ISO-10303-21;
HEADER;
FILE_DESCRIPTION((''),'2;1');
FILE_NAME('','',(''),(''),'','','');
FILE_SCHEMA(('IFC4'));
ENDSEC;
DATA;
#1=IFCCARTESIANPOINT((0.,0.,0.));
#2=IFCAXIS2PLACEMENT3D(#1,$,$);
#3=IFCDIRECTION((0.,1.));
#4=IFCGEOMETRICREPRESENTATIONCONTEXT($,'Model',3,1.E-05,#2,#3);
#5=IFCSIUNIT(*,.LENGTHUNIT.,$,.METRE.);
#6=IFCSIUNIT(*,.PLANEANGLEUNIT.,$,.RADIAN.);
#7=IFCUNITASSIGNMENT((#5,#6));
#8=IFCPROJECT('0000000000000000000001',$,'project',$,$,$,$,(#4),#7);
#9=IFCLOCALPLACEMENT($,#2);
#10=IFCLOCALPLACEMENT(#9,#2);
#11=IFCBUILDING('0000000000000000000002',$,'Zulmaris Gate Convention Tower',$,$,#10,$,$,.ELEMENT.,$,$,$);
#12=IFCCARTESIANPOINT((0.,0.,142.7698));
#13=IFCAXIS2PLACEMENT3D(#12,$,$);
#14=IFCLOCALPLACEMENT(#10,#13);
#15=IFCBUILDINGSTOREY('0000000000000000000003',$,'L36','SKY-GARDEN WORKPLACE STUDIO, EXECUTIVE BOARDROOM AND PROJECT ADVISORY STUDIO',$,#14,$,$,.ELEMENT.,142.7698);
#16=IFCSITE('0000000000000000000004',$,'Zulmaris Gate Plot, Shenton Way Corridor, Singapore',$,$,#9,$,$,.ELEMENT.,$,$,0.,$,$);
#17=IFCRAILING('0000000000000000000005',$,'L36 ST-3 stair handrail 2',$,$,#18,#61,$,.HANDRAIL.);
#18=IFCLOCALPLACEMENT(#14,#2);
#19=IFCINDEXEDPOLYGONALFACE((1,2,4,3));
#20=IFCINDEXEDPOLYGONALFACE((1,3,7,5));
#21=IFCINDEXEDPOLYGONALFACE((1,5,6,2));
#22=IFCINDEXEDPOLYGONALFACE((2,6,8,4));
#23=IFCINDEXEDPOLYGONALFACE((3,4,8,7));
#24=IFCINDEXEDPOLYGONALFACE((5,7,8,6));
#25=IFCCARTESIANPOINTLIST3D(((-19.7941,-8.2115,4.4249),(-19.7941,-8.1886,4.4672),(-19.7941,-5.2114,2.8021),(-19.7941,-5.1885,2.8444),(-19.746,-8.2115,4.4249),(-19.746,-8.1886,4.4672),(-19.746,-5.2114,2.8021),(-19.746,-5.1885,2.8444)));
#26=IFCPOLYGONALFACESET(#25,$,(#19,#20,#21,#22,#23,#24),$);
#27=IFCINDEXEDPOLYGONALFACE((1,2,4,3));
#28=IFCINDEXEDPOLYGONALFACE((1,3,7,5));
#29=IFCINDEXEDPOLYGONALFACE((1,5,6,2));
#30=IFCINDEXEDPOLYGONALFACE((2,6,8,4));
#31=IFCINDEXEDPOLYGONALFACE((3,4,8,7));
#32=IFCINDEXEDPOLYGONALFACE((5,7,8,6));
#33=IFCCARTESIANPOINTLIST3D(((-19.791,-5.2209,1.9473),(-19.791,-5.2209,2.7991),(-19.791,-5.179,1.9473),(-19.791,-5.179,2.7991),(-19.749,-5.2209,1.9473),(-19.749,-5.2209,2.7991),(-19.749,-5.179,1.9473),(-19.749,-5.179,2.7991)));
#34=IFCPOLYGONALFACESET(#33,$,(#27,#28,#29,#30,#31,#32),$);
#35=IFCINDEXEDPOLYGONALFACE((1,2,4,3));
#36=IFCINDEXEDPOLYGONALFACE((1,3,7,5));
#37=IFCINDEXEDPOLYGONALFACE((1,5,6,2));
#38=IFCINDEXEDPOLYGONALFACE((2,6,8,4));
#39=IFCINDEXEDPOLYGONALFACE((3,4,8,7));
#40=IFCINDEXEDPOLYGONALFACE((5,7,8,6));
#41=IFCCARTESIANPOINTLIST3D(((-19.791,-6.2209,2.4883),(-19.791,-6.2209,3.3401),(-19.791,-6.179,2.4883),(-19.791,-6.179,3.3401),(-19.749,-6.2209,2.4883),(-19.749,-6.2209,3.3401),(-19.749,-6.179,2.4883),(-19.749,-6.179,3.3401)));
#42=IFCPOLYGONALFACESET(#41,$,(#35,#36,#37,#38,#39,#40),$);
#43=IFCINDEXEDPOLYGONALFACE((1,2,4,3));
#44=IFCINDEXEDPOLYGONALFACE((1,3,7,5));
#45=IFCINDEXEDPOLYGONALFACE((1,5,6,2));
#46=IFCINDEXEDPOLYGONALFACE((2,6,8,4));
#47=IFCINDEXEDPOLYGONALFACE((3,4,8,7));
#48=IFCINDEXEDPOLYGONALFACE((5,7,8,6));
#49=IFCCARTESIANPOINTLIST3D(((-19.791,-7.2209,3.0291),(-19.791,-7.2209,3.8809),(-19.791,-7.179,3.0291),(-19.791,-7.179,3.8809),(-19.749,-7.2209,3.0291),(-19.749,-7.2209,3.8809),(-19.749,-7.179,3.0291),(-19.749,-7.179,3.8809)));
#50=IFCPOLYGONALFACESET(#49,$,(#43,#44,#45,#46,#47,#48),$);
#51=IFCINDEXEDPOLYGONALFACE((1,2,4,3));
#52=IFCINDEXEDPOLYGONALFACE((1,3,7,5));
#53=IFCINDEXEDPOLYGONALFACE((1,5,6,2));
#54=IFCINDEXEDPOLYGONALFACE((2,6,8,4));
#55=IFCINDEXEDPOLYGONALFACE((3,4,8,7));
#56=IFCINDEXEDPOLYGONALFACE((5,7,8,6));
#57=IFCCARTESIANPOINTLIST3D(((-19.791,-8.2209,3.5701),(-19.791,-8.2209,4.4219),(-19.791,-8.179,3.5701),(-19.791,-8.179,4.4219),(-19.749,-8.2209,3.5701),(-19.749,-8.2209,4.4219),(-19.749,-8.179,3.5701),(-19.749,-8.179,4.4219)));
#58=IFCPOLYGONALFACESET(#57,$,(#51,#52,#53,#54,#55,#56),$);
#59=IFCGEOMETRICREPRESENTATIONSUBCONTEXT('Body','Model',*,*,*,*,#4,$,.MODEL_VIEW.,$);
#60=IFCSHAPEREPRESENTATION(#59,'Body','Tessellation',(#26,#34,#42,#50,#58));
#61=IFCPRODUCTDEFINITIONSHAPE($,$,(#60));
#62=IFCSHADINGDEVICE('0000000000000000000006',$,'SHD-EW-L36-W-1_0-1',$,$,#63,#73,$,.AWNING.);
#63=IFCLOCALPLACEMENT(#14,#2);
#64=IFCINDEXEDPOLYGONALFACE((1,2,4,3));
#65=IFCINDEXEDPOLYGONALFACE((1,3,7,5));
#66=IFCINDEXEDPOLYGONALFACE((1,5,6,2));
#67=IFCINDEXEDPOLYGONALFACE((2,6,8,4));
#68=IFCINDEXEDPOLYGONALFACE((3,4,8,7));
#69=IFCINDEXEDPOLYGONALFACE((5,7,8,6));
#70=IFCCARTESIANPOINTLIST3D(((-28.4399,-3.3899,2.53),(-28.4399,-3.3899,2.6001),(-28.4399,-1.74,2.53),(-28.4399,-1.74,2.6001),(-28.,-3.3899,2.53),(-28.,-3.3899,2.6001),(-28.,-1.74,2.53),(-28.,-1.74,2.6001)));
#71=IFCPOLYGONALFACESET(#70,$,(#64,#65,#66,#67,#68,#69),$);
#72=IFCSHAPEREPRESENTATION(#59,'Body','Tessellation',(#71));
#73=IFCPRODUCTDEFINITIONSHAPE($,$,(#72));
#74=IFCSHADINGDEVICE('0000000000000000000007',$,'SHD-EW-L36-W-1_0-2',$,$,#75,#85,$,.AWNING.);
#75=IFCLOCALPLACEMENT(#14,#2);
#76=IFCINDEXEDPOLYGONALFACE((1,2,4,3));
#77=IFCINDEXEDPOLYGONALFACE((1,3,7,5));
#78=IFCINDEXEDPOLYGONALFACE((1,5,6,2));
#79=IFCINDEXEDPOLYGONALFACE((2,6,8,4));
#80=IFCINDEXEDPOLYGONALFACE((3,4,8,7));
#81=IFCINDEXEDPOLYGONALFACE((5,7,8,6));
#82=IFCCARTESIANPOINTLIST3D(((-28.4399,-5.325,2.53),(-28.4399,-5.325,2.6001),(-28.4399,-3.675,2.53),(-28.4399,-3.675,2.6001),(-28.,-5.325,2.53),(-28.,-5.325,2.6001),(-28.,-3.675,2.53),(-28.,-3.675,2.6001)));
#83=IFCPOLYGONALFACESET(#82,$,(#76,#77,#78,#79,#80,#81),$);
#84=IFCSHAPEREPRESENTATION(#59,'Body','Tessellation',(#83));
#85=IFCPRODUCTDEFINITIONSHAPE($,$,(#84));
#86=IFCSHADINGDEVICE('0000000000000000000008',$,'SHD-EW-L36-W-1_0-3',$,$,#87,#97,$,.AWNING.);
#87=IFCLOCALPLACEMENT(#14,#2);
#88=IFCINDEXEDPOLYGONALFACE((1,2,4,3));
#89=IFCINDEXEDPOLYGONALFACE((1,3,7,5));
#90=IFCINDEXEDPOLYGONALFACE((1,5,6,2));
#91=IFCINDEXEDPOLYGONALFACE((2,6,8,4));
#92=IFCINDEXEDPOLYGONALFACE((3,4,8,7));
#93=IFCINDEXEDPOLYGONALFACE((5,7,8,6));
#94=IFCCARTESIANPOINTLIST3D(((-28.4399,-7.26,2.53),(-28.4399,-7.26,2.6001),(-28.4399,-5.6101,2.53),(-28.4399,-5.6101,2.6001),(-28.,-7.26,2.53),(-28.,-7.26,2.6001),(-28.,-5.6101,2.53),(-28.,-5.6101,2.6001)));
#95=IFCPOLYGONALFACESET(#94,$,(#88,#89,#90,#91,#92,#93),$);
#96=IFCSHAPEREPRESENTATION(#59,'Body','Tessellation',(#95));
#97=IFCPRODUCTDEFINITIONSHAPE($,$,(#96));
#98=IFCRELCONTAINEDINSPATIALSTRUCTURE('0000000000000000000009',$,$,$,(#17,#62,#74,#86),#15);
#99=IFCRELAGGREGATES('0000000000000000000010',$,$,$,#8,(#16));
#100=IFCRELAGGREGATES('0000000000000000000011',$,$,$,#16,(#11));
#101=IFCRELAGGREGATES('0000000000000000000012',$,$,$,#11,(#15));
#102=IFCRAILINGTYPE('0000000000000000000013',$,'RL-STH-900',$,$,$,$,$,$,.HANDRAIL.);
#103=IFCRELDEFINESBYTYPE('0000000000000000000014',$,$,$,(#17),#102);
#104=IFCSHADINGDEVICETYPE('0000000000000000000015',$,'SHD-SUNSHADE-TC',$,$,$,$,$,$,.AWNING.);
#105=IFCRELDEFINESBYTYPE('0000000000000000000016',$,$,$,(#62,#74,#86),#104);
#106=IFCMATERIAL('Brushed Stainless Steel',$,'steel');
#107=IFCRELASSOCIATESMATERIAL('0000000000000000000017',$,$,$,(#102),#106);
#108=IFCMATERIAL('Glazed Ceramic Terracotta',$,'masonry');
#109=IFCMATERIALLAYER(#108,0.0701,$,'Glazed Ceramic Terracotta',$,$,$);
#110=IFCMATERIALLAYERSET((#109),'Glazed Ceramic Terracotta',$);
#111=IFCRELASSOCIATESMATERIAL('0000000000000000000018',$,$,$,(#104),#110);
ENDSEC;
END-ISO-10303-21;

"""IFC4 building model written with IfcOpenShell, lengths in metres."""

from ifc_helpers import new_model, si_unit, direction, frame, frame_2d, origin, origin_2d, place, context, subcontext, project, spatial, rectangle, extrude, material, layer, layer_set, type_object, element, save


model = new_model("IFC4")

# Units and contexts
model_context = context("Model", 3, precision=1e-05, world=origin(), true_north=direction((0.0, 1.0)))
body_context = subcontext(model_context, "Body", "Model", "MODEL_VIEW")
ifc_project = project(units=[si_unit("LENGTHUNIT", "METRE"), si_unit("PLANEANGLEUNIT", "RADIAN")], contexts=[model_context])

# Site, building, storey
site_placement = place(None, origin())
site = spatial("IfcSite", under=ifc_project, at=site_placement, Name="Zulmaris Gate Plot, Shenton Way Corridor, Singapore", CompositionType="ELEMENT", RefElevation=0.0)
building_placement = place(site_placement, origin())
building = spatial("IfcBuilding", under=site, at=building_placement, Name="Zulmaris Gate Convention Tower", CompositionType="ELEMENT")
storey_placement = place(building_placement, frame((0.0, 0.0, 142.7698)))
storey = spatial("IfcBuildingStorey", under=building, at=storey_placement, Name="L36", Description="SKY-GARDEN WORKPLACE STUDIO, EXECUTIVE BOARDROOM AND PROJECT ADVISORY STUDIO", CompositionType="ELEMENT", Elevation=142.7698)

# Railing
ifc_material_1 = material(Name="Brushed Stainless Steel", Category="steel")
railing_type_1 = type_object("IfcRailingType", Name="RL-STH-900", PredefinedType="HANDRAIL", material=ifc_material_1)
railing_1_placement = place(storey_placement, frame((-19.77, -5.2, 1.9473)))
element("IfcRailing", 1, at=railing_1_placement, inside=storey, type_object=railing_type_1, Name="L36 ST-3 stair handrail 2", PredefinedType="HANDRAIL", context=body_context, shape_type="SweptSolid", body=[
    extrude(rectangle(XDim=0.0481, YDim=0.0481, at=origin_2d()), frame((0.0, 0.0, 0.876), z_axis=(0.0, -0.879562, 0.475785), x_axis=(1.0, 0.0, 0.0)), (0.0, 0.0, 1.0), 3.4109),
    extrude(rectangle(XDim=0.042, YDim=0.042, at=origin_2d()), origin(), (0.0, 0.0, 1.0), 0.8518),
    extrude(rectangle(XDim=0.042, YDim=0.042, at=origin_2d()), frame((0.0, -1.0, 0.541)), (0.0, 0.0, 1.0), 0.8518),
    extrude(rectangle(XDim=0.042, YDim=0.042, at=origin_2d()), frame((0.0, -2.0, 1.0818)), (0.0, 0.0, 1.0), 0.8518),
    extrude(rectangle(XDim=0.042, YDim=0.042, at=origin_2d()), frame((0.0, -3.0, 1.6228)), (0.0, 0.0, 1.0), 0.8518),
])

# Shading devices
ifc_material_2 = material(Name="Glazed Ceramic Terracotta", Category="masonry")
ifc_layer_1 = layer(ifc_material_2, 0.0701, Name="Glazed Ceramic Terracotta")
ifc_layer_set_1 = layer_set([ifc_layer_1], Name="Glazed Ceramic Terracotta")
shading_device_type = type_object("IfcShadingDeviceType", Name="SHD-SUNSHADE-TC", PredefinedType="AWNING", material=ifc_layer_set_1)
for number, where, z_axis, x_axis, name in (
    (2, (-28.22, -1.74, 2.53), (0.0, 0.0, 1.0), (0.0, -1.0, 0.0), "SHD-EW-L36-W-1_0-1"),
    (3, (-28.22, -3.675, 2.53), (0.0, 0.0, 1.0), (0.0, -1.0, 0.0), "SHD-EW-L36-W-1_0-2"),
    (4, (-28.22, -5.6101, 2.53), (0.0, 0.0, 1.0), (0.0, -1.0, 0.0), "SHD-EW-L36-W-1_0-3"),
):
    element("IfcShadingDevice", number, at=place(storey_placement, frame(where, z_axis=z_axis, x_axis=x_axis)), inside=storey, type_object=shading_device_type, Name=name, PredefinedType="AWNING", context=body_context, shape_type="SweptSolid", body=[
        extrude(rectangle(XDim=1.6499, YDim=0.4399, at=frame_2d((0.825, 0.0))), origin(), (0.0, 0.0, 1.0), 0.0701),
    ])

save(model, "model.ifc")
